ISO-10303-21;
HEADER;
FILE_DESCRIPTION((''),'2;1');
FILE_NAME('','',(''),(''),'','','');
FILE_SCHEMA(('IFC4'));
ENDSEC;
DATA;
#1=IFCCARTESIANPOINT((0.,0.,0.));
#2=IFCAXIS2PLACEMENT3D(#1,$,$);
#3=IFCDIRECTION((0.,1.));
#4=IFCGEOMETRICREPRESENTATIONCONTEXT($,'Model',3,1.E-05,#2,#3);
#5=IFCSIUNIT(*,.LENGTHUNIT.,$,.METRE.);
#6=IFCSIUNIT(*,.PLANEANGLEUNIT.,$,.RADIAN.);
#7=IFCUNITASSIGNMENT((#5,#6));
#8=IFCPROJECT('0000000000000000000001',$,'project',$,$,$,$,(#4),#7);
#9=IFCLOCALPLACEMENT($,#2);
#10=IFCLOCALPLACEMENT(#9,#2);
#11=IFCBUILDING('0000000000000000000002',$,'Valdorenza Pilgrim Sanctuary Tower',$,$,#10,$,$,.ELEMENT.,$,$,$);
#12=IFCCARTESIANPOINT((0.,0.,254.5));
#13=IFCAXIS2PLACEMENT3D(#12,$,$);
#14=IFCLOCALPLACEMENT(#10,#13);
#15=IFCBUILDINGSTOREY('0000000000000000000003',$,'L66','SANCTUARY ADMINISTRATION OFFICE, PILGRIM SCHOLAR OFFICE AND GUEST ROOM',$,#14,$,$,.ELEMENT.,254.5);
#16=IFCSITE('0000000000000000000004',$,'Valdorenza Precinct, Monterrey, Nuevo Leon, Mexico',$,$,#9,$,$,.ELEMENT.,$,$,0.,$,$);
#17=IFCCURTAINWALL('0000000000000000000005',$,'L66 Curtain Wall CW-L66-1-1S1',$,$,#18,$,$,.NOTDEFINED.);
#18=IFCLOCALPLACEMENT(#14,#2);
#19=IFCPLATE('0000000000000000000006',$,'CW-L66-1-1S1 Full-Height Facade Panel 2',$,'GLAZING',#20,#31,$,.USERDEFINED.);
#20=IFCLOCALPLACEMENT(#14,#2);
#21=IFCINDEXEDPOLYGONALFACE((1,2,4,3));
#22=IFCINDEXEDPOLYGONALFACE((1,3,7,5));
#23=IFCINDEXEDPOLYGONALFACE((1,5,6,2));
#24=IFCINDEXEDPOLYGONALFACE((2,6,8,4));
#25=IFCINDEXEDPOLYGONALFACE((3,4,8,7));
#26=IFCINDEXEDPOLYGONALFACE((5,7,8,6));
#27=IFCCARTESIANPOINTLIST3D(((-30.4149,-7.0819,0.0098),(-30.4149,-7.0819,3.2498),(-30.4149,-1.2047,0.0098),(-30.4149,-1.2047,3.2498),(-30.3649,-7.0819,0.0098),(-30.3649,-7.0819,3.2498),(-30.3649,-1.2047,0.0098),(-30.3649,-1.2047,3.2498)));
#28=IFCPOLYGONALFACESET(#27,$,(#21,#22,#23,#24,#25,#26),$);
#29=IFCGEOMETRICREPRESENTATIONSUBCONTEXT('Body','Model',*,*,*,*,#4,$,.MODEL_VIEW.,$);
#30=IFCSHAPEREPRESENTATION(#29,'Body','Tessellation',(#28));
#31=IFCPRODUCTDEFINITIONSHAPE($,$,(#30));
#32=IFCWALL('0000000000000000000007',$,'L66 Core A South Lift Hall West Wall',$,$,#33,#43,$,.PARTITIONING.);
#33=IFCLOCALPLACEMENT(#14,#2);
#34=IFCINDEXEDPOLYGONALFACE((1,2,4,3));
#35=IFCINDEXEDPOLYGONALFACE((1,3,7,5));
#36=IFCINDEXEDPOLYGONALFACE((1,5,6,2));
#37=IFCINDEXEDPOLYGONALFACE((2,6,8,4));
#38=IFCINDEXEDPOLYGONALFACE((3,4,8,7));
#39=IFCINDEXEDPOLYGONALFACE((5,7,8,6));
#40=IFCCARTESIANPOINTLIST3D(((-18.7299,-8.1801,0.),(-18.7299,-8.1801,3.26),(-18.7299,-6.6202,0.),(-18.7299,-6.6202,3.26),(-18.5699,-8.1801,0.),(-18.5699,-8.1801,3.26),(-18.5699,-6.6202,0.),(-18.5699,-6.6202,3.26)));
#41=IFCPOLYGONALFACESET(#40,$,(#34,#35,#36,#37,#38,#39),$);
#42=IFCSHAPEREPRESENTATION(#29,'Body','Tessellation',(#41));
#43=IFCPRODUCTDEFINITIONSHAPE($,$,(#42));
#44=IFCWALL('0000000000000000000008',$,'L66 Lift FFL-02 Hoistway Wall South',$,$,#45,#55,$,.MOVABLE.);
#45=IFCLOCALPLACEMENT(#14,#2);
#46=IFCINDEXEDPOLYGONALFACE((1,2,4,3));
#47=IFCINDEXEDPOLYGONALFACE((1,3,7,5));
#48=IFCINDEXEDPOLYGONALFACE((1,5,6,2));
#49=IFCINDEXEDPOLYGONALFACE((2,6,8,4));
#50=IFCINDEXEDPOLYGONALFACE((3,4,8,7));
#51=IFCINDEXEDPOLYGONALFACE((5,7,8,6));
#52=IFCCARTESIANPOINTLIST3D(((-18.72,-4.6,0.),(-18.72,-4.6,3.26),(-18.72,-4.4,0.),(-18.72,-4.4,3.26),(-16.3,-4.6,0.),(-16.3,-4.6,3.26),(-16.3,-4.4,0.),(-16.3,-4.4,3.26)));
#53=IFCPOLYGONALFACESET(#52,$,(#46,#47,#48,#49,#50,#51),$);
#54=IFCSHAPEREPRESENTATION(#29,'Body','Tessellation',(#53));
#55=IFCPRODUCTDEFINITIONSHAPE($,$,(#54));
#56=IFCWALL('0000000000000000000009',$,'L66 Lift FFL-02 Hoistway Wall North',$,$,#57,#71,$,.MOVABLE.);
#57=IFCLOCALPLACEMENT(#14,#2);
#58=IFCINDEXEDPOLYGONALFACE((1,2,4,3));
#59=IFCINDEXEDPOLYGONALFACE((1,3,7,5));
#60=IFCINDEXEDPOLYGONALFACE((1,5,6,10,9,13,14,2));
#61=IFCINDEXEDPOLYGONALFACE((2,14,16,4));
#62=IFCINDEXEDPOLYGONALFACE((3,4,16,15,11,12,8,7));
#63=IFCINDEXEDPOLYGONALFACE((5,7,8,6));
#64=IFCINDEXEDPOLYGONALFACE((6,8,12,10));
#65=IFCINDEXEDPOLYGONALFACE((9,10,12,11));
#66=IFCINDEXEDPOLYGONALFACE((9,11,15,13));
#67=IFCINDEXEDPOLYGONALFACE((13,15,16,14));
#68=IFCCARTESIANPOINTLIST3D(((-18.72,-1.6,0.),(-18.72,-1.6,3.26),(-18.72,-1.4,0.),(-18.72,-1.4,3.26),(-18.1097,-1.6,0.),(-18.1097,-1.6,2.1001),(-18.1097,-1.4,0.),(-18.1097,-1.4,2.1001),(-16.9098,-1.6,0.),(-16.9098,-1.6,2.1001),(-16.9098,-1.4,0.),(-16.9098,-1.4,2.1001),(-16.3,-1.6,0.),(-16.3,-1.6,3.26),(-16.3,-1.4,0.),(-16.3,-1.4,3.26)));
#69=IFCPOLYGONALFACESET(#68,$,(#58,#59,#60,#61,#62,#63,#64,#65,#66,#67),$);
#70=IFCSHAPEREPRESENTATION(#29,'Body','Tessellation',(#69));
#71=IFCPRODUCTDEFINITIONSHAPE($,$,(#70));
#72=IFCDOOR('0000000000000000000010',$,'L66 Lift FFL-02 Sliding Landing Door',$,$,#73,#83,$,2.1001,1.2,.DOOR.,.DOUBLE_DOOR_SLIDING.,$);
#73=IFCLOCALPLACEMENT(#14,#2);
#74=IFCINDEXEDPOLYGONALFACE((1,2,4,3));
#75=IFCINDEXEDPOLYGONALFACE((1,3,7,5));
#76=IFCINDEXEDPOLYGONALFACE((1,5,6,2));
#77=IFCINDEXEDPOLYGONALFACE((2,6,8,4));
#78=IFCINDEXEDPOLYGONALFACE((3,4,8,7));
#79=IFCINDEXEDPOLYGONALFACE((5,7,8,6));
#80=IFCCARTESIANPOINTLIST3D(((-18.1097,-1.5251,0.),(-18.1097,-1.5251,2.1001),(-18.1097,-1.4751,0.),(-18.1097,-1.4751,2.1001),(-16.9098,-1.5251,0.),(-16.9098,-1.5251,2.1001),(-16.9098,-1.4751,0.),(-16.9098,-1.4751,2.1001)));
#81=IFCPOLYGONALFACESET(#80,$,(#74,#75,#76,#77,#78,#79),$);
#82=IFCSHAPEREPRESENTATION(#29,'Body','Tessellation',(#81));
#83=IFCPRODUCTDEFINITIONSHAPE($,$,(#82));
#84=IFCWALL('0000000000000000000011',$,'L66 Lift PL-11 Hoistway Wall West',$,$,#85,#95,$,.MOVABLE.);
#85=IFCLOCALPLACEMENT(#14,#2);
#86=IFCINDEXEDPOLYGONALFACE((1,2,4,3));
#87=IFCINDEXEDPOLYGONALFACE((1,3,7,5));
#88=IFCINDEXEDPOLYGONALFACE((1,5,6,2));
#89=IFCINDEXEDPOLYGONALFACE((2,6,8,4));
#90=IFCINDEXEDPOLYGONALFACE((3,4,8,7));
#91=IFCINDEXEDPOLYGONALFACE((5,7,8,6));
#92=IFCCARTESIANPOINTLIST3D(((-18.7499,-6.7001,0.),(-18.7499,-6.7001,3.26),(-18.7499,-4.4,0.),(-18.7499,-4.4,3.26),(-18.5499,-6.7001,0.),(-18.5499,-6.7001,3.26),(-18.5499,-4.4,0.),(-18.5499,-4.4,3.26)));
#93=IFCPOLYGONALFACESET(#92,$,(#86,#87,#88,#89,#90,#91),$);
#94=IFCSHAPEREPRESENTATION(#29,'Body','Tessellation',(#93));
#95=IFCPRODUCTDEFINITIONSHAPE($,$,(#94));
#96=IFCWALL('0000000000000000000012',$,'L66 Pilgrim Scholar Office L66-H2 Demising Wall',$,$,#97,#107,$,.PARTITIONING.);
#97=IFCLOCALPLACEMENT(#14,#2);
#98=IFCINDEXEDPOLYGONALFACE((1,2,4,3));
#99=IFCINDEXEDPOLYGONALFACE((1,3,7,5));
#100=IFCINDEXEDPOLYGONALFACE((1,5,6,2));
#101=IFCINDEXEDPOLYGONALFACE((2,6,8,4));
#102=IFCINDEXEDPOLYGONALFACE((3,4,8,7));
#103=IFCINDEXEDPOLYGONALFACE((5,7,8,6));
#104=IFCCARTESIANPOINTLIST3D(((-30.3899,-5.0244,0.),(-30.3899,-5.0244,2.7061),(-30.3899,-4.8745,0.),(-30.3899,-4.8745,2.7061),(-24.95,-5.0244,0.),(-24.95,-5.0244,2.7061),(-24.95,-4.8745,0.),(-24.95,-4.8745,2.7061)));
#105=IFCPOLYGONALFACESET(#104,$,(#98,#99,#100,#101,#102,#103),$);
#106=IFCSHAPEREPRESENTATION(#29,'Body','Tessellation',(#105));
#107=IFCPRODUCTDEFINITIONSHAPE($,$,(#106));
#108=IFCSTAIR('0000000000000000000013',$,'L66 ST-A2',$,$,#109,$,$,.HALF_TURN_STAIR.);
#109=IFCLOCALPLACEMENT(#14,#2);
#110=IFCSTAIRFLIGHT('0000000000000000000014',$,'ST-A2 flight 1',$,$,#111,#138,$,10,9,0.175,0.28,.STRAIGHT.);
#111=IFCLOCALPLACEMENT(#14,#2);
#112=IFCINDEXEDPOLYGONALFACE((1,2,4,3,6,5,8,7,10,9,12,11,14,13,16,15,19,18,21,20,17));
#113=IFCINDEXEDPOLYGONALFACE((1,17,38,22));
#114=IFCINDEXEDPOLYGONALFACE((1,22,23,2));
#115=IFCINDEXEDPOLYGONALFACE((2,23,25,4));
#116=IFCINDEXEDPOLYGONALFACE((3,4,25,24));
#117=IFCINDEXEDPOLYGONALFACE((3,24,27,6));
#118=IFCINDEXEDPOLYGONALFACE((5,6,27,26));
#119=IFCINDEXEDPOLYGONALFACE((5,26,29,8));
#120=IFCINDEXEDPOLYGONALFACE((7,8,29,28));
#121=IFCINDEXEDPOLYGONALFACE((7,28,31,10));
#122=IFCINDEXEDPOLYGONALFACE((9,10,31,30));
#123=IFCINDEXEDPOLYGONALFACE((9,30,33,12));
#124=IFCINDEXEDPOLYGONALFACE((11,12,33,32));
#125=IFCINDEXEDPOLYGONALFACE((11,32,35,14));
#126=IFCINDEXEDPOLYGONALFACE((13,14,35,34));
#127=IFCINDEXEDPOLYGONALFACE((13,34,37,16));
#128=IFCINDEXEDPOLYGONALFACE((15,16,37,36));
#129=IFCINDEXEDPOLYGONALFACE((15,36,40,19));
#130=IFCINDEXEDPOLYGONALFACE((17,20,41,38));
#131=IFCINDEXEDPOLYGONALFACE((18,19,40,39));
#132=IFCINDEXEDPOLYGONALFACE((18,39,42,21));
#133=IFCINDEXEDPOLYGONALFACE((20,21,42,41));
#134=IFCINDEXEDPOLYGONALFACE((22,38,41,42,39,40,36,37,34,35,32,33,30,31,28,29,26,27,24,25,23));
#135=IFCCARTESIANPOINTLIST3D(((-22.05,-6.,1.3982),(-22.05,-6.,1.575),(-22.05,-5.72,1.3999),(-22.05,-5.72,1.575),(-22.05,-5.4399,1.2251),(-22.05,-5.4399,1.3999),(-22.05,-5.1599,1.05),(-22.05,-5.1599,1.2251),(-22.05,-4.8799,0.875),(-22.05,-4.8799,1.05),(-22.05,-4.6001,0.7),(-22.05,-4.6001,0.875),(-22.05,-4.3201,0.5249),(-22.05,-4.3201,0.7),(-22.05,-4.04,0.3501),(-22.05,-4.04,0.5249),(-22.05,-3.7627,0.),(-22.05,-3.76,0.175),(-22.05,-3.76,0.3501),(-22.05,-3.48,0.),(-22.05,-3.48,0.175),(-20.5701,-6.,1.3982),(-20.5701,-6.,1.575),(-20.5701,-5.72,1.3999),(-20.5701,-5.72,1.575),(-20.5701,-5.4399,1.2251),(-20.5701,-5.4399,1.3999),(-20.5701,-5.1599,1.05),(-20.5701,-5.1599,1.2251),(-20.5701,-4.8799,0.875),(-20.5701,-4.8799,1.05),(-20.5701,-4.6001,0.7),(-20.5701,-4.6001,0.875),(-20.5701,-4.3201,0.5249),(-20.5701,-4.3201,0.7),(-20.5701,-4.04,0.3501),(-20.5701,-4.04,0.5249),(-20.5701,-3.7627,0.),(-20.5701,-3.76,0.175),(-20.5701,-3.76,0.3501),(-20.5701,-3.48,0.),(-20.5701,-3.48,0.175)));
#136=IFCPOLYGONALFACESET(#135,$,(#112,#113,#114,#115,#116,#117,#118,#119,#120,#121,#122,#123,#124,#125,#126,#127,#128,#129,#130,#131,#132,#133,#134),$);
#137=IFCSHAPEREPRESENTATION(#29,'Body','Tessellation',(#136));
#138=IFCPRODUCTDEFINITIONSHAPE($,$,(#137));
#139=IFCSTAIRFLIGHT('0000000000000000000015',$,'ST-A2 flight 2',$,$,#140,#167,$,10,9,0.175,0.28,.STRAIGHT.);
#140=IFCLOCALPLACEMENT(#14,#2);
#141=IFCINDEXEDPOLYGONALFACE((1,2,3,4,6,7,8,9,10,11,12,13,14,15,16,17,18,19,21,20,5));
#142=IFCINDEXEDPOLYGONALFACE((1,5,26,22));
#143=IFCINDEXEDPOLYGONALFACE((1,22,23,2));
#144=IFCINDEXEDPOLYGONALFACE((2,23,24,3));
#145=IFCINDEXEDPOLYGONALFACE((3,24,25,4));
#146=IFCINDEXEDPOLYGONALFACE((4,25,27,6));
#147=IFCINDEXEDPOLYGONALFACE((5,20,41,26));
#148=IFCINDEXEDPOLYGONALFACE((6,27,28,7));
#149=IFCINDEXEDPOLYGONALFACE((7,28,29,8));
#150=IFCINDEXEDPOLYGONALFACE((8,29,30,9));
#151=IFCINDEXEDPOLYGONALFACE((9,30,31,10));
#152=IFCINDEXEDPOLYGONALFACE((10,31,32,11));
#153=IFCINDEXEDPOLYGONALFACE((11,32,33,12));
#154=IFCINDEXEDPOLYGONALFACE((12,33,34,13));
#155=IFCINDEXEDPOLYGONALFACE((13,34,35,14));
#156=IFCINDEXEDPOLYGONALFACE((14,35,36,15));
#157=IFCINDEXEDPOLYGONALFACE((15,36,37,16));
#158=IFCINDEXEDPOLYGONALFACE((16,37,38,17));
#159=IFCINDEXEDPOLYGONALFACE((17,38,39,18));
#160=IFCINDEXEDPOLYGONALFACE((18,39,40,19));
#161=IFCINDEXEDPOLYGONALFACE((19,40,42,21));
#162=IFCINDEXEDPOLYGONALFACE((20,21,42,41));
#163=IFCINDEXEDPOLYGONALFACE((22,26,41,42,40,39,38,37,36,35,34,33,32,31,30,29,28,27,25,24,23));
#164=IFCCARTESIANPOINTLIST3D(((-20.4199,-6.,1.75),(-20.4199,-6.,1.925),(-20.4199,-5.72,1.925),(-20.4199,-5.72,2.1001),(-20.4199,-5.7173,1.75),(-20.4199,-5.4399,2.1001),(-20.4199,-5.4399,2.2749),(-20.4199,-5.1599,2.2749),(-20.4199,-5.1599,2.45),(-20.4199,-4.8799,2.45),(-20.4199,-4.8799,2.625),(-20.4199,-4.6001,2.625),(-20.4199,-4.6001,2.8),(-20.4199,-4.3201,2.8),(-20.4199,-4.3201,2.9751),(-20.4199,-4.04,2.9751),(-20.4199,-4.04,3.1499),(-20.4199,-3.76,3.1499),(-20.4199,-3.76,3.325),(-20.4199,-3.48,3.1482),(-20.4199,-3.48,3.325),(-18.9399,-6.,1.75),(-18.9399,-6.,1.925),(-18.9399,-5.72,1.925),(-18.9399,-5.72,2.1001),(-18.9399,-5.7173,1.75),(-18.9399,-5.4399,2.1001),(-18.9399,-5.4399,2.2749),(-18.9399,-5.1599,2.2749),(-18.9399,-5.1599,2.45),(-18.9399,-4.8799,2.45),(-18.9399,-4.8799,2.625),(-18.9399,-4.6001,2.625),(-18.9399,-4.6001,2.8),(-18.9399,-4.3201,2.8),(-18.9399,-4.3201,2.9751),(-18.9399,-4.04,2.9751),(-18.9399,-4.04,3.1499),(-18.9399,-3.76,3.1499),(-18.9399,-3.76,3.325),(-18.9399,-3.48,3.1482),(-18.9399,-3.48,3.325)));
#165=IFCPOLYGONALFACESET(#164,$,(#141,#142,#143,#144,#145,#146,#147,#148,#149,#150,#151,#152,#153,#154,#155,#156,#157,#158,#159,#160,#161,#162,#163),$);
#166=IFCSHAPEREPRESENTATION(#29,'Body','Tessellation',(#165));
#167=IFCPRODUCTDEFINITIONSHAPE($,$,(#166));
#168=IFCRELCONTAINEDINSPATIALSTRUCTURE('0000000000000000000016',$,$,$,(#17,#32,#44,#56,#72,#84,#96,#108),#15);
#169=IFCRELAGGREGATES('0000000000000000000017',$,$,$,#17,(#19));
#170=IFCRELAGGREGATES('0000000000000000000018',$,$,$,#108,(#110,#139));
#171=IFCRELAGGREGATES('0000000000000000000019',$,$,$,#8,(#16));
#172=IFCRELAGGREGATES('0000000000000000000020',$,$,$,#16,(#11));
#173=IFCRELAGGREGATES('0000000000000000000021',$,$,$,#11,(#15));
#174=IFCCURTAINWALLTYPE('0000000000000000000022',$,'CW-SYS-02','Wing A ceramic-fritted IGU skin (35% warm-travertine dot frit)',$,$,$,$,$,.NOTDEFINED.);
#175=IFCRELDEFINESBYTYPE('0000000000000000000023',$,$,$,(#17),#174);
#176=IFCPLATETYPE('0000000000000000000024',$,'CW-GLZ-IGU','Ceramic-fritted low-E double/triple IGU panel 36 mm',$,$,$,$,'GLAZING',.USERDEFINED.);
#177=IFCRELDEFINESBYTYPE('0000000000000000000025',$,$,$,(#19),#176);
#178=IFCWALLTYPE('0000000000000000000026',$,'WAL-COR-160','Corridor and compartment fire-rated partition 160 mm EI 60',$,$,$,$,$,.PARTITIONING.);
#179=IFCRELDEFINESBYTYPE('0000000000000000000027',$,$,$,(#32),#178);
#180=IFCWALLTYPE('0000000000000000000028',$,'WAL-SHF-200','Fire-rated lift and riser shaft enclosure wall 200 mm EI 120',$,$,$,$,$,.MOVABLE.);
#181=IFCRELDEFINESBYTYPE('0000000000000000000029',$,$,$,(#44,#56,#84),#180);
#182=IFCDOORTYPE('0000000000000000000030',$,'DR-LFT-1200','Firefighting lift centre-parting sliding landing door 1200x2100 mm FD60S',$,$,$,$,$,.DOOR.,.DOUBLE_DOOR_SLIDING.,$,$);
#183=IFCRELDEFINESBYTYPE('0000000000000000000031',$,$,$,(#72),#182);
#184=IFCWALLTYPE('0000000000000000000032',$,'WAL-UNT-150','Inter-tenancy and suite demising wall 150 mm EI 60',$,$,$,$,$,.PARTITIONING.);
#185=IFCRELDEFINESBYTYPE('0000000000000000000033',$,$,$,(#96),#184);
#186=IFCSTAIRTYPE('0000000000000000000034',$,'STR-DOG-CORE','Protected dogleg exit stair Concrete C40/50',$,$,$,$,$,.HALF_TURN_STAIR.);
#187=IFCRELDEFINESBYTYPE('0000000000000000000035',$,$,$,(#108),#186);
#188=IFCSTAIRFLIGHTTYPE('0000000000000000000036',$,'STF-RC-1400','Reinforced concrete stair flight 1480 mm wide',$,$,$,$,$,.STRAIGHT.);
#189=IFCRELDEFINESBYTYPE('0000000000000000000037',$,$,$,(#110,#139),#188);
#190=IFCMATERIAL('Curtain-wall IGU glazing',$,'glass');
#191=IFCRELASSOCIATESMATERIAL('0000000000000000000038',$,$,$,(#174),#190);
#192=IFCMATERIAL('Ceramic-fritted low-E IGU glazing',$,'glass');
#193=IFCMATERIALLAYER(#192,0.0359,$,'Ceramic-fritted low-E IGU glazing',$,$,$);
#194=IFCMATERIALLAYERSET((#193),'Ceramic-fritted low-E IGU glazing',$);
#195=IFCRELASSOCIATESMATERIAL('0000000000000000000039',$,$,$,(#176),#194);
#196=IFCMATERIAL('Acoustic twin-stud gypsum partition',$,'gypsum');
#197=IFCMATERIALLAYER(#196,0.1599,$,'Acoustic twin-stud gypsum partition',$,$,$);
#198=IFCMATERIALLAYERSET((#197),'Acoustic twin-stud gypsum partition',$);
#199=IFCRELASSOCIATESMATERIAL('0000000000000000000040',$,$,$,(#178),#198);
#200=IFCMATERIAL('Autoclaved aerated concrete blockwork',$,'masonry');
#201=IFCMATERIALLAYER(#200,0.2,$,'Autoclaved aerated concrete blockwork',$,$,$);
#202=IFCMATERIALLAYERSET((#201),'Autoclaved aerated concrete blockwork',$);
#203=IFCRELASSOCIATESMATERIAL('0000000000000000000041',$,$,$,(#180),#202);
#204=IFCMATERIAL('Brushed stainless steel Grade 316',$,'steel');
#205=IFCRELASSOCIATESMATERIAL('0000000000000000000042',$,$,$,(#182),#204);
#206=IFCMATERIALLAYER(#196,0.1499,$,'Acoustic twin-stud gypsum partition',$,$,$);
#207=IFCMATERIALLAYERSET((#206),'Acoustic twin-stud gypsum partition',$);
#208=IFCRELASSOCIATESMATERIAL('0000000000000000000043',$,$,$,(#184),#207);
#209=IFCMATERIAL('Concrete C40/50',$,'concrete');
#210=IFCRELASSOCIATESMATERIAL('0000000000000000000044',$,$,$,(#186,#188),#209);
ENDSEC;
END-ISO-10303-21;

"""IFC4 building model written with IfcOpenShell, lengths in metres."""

from ifc_helpers import new_model, si_unit, direction, frame, frame_2d, origin, origin_2d, place, context, subcontext, project, spatial, polyline, rectangle, outline, extrude, source, transform, mapped, material, layer, layer_set, type_object, element, fill, aggregate, save


model = new_model("IFC4")

# Units and contexts
model_context = context("Model", 3, precision=1e-05, world=origin(), true_north=direction((0.0, 1.0)))
body_context = subcontext(model_context, "Body", "Model", "MODEL_VIEW")
ifc_project = project(units=[si_unit("LENGTHUNIT", "METRE"), si_unit("PLANEANGLEUNIT", "RADIAN")], contexts=[model_context])

# Site, building, storey
site_placement = place(None, origin())
site = spatial("IfcSite", under=ifc_project, at=site_placement, Name="Valdorenza Precinct, Monterrey, Nuevo Leon, Mexico", CompositionType="ELEMENT", RefElevation=0.0)
building_placement = place(site_placement, origin())
building = spatial("IfcBuilding", under=site, at=building_placement, Name="Valdorenza Pilgrim Sanctuary Tower", CompositionType="ELEMENT")
storey_placement = place(building_placement, frame((0.0, 0.0, 254.5)))
storey = spatial("IfcBuildingStorey", under=building, at=storey_placement, Name="L66", Description="SANCTUARY ADMINISTRATION OFFICE, PILGRIM SCHOLAR OFFICE AND GUEST ROOM", CompositionType="ELEMENT", Elevation=254.5)

# Curtain wall, plate
ifc_material_1 = material(Name="Curtain-wall IGU glazing", Category="glass")
curtain_wall_type = type_object("IfcCurtainWallType", Name="CW-SYS-02", Description="Wing A ceramic-fritted IGU skin (35% warm-travertine dot frit)", PredefinedType="NOTDEFINED", material=ifc_material_1)
curtain_wall_placement = place(storey_placement, origin())
curtain_wall = element("IfcCurtainWall", 1, at=curtain_wall_placement, inside=storey, type_object=curtain_wall_type, Name="L66 Curtain Wall CW-L66-1-1S1", PredefinedType="NOTDEFINED")
ifc_material_2 = material(Name="Ceramic-fritted low-E IGU glazing", Category="glass")
ifc_layer_1 = layer(ifc_material_2, 0.0359, Name="Ceramic-fritted low-E IGU glazing")
ifc_layer_set_1 = layer_set([ifc_layer_1], Name="Ceramic-fritted low-E IGU glazing")
plate_type = type_object("IfcPlateType", Name="CW-GLZ-IGU", Description="Ceramic-fritted low-E double/triple IGU panel 36 mm", ElementType="GLAZING", PredefinedType="USERDEFINED", material=ifc_layer_set_1)
shared_shape_1 = source(origin(), body_context, "Body", "SweptSolid", [
    extrude(rectangle(XDim=5.8772, YDim=0.05, at=origin_2d()), origin(), (0.0, 0.0, 1.0), 3.24),
])
plate_placement = place(storey_placement, frame((-30.3899, -4.1433, 0.0098), z_axis=(0.0, 0.0, 1.0), x_axis=(0.0, 1.0, 0.0)))
plate = element("IfcPlate", 2, at=plate_placement, type_object=plate_type, Name="CW-L66-1-1S1 Full-Height Facade Panel 2", ObjectType="GLAZING", PredefinedType="USERDEFINED", context=body_context, shape_type="MappedRepresentation", body=[
    mapped(shared_shape_1, transform((0.0, 0.0, 0.0), x_axis=(1.0, 0.0, 0.0), y_axis=(0.0, 1.0, 0.0), z_axis=(0.0, 0.0, 1.0), scale=1.0)),
])
aggregate(curtain_wall, [plate])

# Walls
ifc_material_3 = material(Name="Acoustic twin-stud gypsum partition", Category="gypsum")
ifc_layer_2 = layer(ifc_material_3, 0.1599, Name="Acoustic twin-stud gypsum partition")
ifc_layer_set_2 = layer_set([ifc_layer_2], Name="Acoustic twin-stud gypsum partition")
wall_type_1 = type_object("IfcWallType", Name="WAL-COR-160", Description="Corridor and compartment fire-rated partition 160 mm EI 60", PredefinedType="PARTITIONING", material=ifc_layer_set_2)
wall_1_placement = place(storey_placement, frame((-18.6499, -8.1799, 0.0), z_axis=(0.0, 0.0, 1.0), x_axis=(0.0, 1.0, 0.0)))
element("IfcWall", 3, at=wall_1_placement, inside=storey, type_object=wall_type_1, Name="L66 Core A South Lift Hall West Wall", PredefinedType="PARTITIONING", context=body_context, shape_type="SweptSolid", body=[
    extrude(rectangle(XDim=1.5598, YDim=0.1599, at=frame_2d((0.7798, 0.0))), origin(), (0.0, 0.0, 1.0), 3.26),
])
ifc_material_4 = material(Name="Autoclaved aerated concrete blockwork", Category="masonry")
ifc_layer_3 = layer(ifc_material_4, 0.2, Name="Autoclaved aerated concrete blockwork")
ifc_layer_set_3 = layer_set([ifc_layer_3], Name="Autoclaved aerated concrete blockwork")
wall_type_2 = type_object("IfcWallType", Name="WAL-SHF-200", Description="Fire-rated lift and riser shaft enclosure wall 200 mm EI 120", PredefinedType="MOVABLE", material=ifc_layer_set_3)
wall_2_placement = place(storey_placement, frame((-18.72, -4.5, 0.0), z_axis=(0.0, 0.0, 1.0), x_axis=(1.0, 0.0, 0.0)))
element("IfcWall", 4, at=wall_2_placement, inside=storey, type_object=wall_type_2, Name="L66 Lift FFL-02 Hoistway Wall South", PredefinedType="MOVABLE", context=body_context, shape_type="SweptSolid", body=[
    extrude(rectangle(XDim=2.4199, YDim=0.2, at=frame_2d((1.21, 0.0))), origin(), (0.0, 0.0, 1.0), 3.26),
])

# Wall, opening, door
wall_3_placement = place(storey_placement, frame((-18.72, -1.5, 0.0), z_axis=(0.0, 0.0, 1.0), x_axis=(1.0, 0.0, 0.0)))
wall_3 = element("IfcWall", 5, at=wall_3_placement, inside=storey, type_object=wall_type_2, Name="L66 Lift FFL-02 Hoistway Wall North", PredefinedType="MOVABLE", context=body_context, shape_type="SweptSolid", body=[
    extrude(rectangle(XDim=2.4199, YDim=0.2, at=frame_2d((1.21, 0.0))), origin(), (0.0, 0.0, 1.0), 3.26),
])
opening_1_placement = place(wall_3_placement, frame((0.6101, 0.0, 0.0)))
opening_1 = element("IfcOpeningElement", 6, at=opening_1_placement, cuts=wall_3, PredefinedType="OPENING", context=body_context, shape_type="SweptSolid", body=[
    extrude(rectangle(XDim=1.2, YDim=2.1001, at=frame_2d((0.6001, 1.05))), frame((0.0, 0.1147, 0.0), z_axis=(0.0, -1.0, 0.0), x_axis=(1.0, 0.0, 0.0)), (0.0, 0.0, 1.0), 0.2297),
])
ifc_material_5 = material(Name="Brushed stainless steel Grade 316", Category="steel")
door_type_1 = type_object("IfcDoorType", Name="DR-LFT-1200", Description="Firefighting lift centre-parting sliding landing door 1200x2100 mm FD60S", OperationType="DOUBLE_DOOR_SLIDING", PredefinedType="DOOR", material=ifc_material_5)
door_1_placement = place(opening_1_placement, origin())
door_1 = element("IfcDoor", 7, at=door_1_placement, inside=storey, type_object=door_type_1, Name="L66 Lift FFL-02 Sliding Landing Door", OperationType="DOUBLE_DOOR_SLIDING", OverallHeight=2.1001, OverallWidth=1.2, PredefinedType="DOOR", context=body_context, shape_type="SweptSolid", body=[
    extrude(rectangle(XDim=1.2, YDim=2.1001, at=frame_2d((0.6001, 1.05))), frame((0.0, 0.0249, 0.0), z_axis=(0.0, -1.0, 0.0), x_axis=(1.0, 0.0, 0.0)), (0.0, 0.0, 1.0), 0.05),
])
fill(opening_1, door_1)

# Wall
wall_4_placement = place(storey_placement, frame((-18.6499, -6.7, 0.0), z_axis=(0.0, 0.0, 1.0), x_axis=(0.0, 1.0, 0.0)))
element("IfcWall", 8, at=wall_4_placement, inside=storey, type_object=wall_type_2, Name="L66 Lift PL-11 Hoistway Wall West", PredefinedType="MOVABLE", context=body_context, shape_type="SweptSolid", body=[
    extrude(rectangle(XDim=2.3, YDim=0.2, at=frame_2d((1.1499, 0.0))), origin(), (0.0, 0.0, 1.0), 3.26),
])

# Shared definitions
ifc_material_6 = material(Name="Concrete C40/50", Category="concrete")

# Wall
ifc_layer_4 = layer(ifc_material_3, 0.1499, Name="Acoustic twin-stud gypsum partition")
ifc_layer_set_4 = layer_set([ifc_layer_4], Name="Acoustic twin-stud gypsum partition")
wall_type_3 = type_object("IfcWallType", Name="WAL-UNT-150", Description="Inter-tenancy and suite demising wall 150 mm EI 60", PredefinedType="PARTITIONING", material=ifc_layer_set_4)
wall_5_placement = place(storey_placement, frame((-30.3899, -4.9495, 0.0), z_axis=(0.0, 0.0, 1.0), x_axis=(1.0, 0.0, 0.0)))
element("IfcWall", 9, at=wall_5_placement, inside=storey, type_object=wall_type_3, Name="L66 Pilgrim Scholar Office L66-H2 Demising Wall", PredefinedType="PARTITIONING", context=body_context, shape_type="SweptSolid", body=[
    extrude(rectangle(XDim=5.4399, YDim=0.1499, at=frame_2d((2.72, 0.0))), origin(), (0.0, 0.0, 1.0), 2.7061),
])

# Stair, stair flights
stair_type = type_object("IfcStairType", Name="STR-DOG-CORE", Description="Protected dogleg exit stair Concrete C40/50", PredefinedType="HALF_TURN_STAIR", material=ifc_material_6)
stair_placement = place(storey_placement, origin())
stair = element("IfcStair", 10, at=stair_placement, inside=storey, type_object=stair_type, Name="L66 ST-A2", PredefinedType="HALF_TURN_STAIR")
stair_flight_type = type_object("IfcStairFlightType", Name="STF-RC-1400", Description="Reinforced concrete stair flight 1480 mm wide", PredefinedType="STRAIGHT", material=ifc_material_6)
stair_flight_1_placement = place(storey_placement, frame((-21.3101, -3.48, 0.0), z_axis=(0.0, 0.0, 1.0), x_axis=(0.0, -1.0, 0.0)))
stair_flight_1 = element("IfcStairFlight", 11, at=stair_flight_1_placement, type_object=stair_flight_type, Name="ST-A2 flight 1", NumberOfRisers=10, NumberOfTreads=9, PredefinedType="STRAIGHT", RiserHeight=0.175, TreadLength=0.28, context=body_context, shape_type="SweptSolid", body=[
    extrude(outline(polyline([(0.0, 0.0), (0.0, 0.175), (0.28, 0.175), (0.28, 0.3501), (0.5601, 0.3501), (0.5601, 0.5249), (0.8401, 0.5249), (0.8401, 0.7), (1.1201, 0.7), (1.1201, 0.875), (1.3999, 0.875), (1.3999, 1.05), (1.6799, 1.05), (1.6799, 1.2251), (1.96, 1.2251), (1.96, 1.3999), (2.24, 1.3999), (2.24, 1.575), (2.52, 1.575), (2.52, 1.75), (2.52, 1.3982), (0.2827, 0.0), (0.0, 0.0)])), frame((0.0, 0.74, 0.0), z_axis=(0.0, -1.0, 0.0), x_axis=(1.0, 0.0, 0.0)), (0.0, 0.0, 1.0), 1.48),
])
stair_flight_2_placement = place(storey_placement, frame((-19.6799, -6.0, 1.75), z_axis=(0.0, 0.0, 1.0), x_axis=(0.0, 1.0, 0.0)))
stair_flight_2 = element("IfcStairFlight", 12, at=stair_flight_2_placement, type_object=stair_flight_type, Name="ST-A2 flight 2", NumberOfRisers=10, NumberOfTreads=9, PredefinedType="STRAIGHT", RiserHeight=0.175, TreadLength=0.28, context=body_context, shape_type="SweptSolid", body=[
    extrude(outline(polyline([(0.0, 0.0), (0.0, 0.175), (0.28, 0.175), (0.28, 0.3501), (0.5601, 0.3501), (0.5601, 0.5249), (0.8401, 0.5249), (0.8401, 0.7), (1.1201, 0.7), (1.1201, 0.875), (1.3999, 0.875), (1.3999, 1.05), (1.6799, 1.05), (1.6799, 1.2251), (1.96, 1.2251), (1.96, 1.3999), (2.24, 1.3999), (2.24, 1.575), (2.52, 1.575), (2.52, 1.75), (2.52, 1.3982), (0.2827, 0.0), (0.0, 0.0)])), frame((0.0, 0.74, 0.0), z_axis=(0.0, -1.0, 0.0), x_axis=(1.0, 0.0, 0.0)), (0.0, 0.0, 1.0), 1.48),
])
aggregate(stair, [stair_flight_1, stair_flight_2])

save(model, "model.ifc")
